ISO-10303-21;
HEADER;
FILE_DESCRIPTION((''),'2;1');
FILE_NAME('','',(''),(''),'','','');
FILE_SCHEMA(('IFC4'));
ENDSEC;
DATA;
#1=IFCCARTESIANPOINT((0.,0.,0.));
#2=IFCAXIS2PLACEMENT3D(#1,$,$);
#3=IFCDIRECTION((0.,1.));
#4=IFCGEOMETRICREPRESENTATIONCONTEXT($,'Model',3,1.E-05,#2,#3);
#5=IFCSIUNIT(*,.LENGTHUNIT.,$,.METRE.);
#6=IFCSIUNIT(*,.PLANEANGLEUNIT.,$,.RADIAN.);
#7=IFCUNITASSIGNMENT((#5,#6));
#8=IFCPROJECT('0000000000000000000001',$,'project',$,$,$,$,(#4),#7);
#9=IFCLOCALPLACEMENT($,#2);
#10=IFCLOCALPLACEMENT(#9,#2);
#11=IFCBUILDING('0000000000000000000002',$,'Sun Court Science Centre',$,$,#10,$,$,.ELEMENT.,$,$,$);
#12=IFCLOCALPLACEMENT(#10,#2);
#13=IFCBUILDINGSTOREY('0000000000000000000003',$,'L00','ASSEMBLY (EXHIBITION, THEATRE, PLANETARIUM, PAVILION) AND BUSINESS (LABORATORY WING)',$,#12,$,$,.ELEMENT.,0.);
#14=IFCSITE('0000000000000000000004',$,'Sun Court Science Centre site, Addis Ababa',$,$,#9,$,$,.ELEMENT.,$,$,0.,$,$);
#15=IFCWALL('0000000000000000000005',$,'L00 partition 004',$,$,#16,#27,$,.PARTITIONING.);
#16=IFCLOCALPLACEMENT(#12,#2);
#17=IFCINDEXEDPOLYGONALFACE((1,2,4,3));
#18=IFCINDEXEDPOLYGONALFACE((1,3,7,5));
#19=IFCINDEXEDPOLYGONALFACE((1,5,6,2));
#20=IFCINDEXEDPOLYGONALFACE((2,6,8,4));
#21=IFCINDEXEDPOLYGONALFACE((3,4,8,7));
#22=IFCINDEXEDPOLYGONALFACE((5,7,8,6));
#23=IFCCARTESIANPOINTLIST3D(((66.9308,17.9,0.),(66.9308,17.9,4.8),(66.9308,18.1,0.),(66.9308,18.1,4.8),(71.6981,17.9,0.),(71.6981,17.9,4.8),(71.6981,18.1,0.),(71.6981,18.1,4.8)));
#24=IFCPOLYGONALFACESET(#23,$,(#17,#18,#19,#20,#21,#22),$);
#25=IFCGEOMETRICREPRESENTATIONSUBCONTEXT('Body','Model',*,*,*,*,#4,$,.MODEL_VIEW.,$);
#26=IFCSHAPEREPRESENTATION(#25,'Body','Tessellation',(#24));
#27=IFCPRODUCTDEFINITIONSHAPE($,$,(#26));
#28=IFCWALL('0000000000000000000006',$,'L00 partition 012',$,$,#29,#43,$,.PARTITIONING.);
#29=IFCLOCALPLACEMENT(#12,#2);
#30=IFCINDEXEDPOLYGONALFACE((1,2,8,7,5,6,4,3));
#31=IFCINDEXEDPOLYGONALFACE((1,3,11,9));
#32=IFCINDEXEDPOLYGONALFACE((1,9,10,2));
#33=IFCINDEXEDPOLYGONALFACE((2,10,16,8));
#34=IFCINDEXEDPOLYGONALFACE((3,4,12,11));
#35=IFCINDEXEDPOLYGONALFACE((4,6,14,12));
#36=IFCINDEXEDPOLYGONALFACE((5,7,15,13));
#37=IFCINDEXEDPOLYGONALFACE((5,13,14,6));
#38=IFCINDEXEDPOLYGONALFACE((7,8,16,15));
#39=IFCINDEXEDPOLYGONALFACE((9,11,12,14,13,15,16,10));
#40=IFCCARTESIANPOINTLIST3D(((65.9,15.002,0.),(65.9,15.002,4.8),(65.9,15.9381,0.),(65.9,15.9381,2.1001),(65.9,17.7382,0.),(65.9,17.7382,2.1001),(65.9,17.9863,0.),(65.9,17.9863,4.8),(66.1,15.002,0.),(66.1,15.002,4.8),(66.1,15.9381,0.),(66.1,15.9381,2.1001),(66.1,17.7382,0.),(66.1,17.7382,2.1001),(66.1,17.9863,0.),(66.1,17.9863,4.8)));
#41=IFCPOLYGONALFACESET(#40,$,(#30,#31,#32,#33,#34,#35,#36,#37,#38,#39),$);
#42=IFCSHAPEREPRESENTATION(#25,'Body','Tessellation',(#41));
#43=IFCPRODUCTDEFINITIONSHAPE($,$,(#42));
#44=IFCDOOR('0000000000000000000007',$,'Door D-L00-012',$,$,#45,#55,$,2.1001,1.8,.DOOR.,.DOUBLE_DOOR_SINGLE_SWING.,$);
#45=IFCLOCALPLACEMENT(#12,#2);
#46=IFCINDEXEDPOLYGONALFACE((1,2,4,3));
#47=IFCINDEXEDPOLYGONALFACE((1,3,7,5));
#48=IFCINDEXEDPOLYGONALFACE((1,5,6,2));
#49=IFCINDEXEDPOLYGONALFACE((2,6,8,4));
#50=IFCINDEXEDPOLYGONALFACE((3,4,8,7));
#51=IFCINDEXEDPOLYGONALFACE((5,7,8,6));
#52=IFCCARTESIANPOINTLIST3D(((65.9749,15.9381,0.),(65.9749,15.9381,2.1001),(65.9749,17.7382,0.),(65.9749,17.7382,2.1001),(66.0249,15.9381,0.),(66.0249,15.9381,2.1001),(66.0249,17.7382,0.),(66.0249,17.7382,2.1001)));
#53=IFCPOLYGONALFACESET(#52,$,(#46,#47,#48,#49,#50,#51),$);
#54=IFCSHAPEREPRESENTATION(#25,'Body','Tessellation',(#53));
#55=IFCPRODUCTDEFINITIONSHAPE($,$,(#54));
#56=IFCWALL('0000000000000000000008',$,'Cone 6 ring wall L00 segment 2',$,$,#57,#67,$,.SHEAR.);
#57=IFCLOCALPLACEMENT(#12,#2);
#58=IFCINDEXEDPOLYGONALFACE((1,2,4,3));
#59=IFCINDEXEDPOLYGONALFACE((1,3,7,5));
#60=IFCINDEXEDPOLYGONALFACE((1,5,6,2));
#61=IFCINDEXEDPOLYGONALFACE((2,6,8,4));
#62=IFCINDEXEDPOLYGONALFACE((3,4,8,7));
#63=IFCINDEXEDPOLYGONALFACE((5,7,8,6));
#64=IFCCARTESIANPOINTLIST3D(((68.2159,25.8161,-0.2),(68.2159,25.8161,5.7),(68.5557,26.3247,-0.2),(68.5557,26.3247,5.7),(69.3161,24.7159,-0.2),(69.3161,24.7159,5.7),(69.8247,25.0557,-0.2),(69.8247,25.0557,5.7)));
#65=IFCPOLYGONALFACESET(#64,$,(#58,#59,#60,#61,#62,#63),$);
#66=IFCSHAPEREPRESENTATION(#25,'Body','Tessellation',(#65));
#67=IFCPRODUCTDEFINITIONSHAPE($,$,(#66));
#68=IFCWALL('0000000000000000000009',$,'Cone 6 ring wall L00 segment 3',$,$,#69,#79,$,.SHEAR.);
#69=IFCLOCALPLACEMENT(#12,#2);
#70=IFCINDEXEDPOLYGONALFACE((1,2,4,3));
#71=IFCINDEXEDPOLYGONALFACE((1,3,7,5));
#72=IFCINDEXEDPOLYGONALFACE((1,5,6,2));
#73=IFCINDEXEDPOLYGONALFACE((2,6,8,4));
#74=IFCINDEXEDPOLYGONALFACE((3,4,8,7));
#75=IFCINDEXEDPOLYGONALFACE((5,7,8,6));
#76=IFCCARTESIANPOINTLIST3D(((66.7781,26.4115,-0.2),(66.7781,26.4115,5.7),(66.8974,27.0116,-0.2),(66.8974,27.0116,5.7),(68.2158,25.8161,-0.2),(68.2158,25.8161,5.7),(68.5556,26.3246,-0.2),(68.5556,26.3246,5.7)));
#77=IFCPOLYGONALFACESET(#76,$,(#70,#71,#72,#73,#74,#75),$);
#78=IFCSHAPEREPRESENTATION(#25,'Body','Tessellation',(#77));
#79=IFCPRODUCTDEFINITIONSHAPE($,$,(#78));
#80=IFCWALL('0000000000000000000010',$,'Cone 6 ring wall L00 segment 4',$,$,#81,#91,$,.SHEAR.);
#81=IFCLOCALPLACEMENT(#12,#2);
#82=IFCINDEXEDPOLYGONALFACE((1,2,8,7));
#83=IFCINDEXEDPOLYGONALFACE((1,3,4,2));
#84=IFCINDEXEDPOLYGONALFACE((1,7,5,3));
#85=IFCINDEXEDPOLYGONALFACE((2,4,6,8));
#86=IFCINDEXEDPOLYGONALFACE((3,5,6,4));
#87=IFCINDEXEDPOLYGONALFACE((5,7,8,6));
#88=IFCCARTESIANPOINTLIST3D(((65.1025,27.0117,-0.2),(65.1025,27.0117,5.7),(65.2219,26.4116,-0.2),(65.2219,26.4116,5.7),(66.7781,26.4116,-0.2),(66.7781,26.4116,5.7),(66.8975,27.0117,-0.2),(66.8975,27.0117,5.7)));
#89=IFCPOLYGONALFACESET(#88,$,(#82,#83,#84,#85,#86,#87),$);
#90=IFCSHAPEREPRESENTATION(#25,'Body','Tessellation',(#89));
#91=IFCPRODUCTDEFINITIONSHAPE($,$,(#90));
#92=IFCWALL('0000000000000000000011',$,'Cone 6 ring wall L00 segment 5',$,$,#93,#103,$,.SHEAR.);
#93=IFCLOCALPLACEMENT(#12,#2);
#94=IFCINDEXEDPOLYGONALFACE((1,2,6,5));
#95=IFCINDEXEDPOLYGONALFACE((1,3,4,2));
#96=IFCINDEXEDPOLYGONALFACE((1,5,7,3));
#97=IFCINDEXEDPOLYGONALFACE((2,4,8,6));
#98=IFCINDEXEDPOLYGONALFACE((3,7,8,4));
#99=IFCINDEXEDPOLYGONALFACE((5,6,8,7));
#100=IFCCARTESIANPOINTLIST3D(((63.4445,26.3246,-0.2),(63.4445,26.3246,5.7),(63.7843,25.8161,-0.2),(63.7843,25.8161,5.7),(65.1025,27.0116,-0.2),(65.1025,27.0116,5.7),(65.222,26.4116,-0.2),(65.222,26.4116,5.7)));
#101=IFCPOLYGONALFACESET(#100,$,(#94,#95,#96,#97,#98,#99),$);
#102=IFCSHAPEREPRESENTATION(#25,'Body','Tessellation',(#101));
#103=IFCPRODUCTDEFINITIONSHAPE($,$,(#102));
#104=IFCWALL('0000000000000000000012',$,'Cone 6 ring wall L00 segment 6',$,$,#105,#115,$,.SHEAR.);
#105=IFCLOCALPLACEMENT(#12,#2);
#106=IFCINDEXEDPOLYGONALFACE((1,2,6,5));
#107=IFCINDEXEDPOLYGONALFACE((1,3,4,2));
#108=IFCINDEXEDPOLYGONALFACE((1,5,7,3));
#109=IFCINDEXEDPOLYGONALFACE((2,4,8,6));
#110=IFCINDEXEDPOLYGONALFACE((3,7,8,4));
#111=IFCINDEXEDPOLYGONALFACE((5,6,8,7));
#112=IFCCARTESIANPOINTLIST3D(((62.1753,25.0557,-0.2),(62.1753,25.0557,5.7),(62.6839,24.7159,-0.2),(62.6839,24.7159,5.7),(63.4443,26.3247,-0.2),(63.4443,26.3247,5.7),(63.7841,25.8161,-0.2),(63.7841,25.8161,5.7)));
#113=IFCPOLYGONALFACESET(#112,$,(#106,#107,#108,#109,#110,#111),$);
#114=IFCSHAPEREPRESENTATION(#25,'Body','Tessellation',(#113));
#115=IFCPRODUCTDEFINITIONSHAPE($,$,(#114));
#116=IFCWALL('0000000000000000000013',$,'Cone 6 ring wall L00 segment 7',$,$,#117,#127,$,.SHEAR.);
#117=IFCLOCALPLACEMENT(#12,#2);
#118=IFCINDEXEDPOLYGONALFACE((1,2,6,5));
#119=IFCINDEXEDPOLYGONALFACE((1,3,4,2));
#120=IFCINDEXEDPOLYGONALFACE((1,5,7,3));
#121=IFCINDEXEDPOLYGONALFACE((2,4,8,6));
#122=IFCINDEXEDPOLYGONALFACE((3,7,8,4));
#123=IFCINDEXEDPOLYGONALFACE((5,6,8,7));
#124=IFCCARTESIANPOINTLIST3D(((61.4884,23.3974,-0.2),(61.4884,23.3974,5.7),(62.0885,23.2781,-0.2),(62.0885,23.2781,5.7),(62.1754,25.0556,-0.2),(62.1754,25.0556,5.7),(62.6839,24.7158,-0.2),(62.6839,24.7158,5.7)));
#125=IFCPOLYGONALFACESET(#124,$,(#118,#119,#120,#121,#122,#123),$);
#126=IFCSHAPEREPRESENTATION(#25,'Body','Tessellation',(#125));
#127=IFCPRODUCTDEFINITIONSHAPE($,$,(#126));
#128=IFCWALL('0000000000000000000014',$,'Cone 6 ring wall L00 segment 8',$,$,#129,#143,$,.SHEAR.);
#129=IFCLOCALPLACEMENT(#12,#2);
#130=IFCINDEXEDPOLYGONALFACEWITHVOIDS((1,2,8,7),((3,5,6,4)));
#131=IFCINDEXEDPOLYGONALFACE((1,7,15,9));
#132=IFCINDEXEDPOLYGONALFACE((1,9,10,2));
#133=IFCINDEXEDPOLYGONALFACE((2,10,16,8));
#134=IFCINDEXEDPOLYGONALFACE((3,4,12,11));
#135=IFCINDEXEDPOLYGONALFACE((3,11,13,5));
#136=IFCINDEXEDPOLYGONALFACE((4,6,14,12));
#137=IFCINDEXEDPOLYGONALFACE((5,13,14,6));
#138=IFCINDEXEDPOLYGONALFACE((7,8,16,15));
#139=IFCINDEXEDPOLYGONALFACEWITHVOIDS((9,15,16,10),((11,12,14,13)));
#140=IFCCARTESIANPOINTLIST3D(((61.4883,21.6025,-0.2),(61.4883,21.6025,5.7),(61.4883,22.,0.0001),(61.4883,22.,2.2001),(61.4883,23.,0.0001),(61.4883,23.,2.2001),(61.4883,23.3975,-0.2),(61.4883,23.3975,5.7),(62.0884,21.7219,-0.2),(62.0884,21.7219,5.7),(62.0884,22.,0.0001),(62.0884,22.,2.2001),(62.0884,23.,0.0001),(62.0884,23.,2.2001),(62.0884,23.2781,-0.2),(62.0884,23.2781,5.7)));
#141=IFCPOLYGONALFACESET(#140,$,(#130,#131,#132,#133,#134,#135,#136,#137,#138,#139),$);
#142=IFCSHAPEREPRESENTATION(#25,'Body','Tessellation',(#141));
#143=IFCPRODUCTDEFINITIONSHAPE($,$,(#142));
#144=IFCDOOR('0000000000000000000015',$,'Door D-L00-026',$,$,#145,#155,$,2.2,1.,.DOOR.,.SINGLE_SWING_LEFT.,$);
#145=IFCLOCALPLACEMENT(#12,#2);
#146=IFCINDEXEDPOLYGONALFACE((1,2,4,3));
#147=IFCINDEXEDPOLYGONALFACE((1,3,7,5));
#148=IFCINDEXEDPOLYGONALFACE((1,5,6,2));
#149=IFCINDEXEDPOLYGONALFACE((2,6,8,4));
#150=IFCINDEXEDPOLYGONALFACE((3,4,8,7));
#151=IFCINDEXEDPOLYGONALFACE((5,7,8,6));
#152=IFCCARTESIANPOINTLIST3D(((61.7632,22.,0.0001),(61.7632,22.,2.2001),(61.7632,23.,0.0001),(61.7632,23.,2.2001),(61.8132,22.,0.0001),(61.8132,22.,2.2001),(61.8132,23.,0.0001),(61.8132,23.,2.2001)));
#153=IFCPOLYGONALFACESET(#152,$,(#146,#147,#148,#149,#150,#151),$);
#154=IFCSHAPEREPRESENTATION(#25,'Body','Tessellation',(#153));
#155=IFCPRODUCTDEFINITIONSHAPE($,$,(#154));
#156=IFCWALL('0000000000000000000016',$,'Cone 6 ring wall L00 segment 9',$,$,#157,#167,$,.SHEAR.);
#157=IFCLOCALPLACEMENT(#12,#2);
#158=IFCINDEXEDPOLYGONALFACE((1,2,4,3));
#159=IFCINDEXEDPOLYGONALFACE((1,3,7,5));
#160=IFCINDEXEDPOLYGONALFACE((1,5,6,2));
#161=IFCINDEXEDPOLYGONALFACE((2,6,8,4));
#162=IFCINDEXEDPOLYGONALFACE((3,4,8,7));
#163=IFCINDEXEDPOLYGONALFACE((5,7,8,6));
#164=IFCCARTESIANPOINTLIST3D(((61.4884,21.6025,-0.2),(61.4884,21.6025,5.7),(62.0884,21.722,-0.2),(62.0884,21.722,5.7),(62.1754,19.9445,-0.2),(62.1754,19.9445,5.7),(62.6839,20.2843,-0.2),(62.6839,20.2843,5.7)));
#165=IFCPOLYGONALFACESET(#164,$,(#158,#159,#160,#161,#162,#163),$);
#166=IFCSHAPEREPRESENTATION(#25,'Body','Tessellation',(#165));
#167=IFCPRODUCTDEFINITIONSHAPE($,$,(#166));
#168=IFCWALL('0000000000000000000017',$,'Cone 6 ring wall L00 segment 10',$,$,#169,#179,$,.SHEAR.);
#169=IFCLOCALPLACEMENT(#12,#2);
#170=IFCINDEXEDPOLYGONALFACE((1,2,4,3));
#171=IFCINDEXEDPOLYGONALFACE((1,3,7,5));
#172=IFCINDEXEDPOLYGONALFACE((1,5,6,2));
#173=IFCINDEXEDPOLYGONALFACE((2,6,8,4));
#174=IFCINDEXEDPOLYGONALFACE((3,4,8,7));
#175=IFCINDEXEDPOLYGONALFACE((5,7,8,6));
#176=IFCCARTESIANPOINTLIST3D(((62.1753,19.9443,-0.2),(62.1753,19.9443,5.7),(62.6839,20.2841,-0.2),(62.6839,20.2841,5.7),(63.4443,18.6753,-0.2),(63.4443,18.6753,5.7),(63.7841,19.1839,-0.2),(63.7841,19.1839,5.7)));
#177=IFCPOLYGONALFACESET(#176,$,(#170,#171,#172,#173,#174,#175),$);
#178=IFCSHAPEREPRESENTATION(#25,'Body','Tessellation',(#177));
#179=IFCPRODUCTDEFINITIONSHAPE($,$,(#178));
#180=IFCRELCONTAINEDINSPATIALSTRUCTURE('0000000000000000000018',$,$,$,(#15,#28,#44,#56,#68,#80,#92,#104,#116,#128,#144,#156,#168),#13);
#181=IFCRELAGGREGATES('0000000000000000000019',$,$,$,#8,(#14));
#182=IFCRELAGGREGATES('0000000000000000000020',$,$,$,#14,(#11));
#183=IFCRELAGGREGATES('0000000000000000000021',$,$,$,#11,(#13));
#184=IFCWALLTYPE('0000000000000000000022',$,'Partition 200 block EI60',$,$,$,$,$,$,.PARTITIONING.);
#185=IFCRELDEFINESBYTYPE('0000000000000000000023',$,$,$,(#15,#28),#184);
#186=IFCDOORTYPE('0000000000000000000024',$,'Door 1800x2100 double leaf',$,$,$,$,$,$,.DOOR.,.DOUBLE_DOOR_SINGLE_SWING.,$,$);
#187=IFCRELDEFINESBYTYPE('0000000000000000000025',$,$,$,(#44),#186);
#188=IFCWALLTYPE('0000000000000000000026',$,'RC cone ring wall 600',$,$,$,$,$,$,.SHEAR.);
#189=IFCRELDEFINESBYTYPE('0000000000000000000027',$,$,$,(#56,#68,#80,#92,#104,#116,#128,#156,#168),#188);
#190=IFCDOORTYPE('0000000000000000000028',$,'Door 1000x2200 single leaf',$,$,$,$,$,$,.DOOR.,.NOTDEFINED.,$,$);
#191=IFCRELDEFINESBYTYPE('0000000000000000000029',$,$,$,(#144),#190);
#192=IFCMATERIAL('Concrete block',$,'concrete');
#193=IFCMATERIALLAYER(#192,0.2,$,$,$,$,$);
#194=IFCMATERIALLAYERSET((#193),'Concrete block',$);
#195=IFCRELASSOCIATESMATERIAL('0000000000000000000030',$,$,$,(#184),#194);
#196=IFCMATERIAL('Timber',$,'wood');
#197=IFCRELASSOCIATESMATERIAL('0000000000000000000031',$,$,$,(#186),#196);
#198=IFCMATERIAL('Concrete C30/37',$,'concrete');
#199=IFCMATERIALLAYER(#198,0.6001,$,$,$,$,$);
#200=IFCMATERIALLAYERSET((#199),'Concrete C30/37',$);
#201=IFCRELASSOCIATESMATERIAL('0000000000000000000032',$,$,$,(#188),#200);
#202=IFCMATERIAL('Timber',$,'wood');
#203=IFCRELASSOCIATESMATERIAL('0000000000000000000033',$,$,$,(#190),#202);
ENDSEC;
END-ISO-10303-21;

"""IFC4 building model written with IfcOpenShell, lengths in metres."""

from ifc_helpers import new_model, si_unit, direction, frame, frame_2d, origin, place, context, subcontext, project, spatial, polyline, rectangle, outline, extrude, material, layer, layer_set, type_object, element, fill, save


model = new_model("IFC4")

# Units and contexts
model_context = context("Model", 3, precision=1e-05, world=origin(), true_north=direction((0.0, 1.0)))
body_context = subcontext(model_context, "Body", "Model", "MODEL_VIEW")
ifc_project = project(units=[si_unit("LENGTHUNIT", "METRE"), si_unit("PLANEANGLEUNIT", "RADIAN")], contexts=[model_context])

# Site, building, storey
site_placement = place(None, origin())
site = spatial("IfcSite", under=ifc_project, at=site_placement, Name="Sun Court Science Centre site, Addis Ababa", CompositionType="ELEMENT", RefElevation=0.0)
building_placement = place(site_placement, origin())
building = spatial("IfcBuilding", under=site, at=building_placement, Name="Sun Court Science Centre", CompositionType="ELEMENT")
storey_placement = place(building_placement, origin())
storey = spatial("IfcBuildingStorey", under=building, at=storey_placement, Name="L00", Description="ASSEMBLY (EXHIBITION, THEATRE, PLANETARIUM, PAVILION) AND BUSINESS (LABORATORY WING)", CompositionType="ELEMENT", Elevation=0.0)

# Wall
ifc_material_1 = material(Name="Concrete block", Category="concrete")
ifc_layer_1 = layer(ifc_material_1, 0.2)
ifc_layer_set_1 = layer_set([ifc_layer_1], Name="Concrete block")
wall_type_1 = type_object("IfcWallType", Name="Partition 200 block EI60", PredefinedType="PARTITIONING", material=ifc_layer_set_1)
wall_1_placement = place(storey_placement, frame((66.9307, 18.0, 0.0), z_axis=(0.0, 0.0, 1.0), x_axis=(1.0, 0.0, 0.0)))
element("IfcWall", 1, at=wall_1_placement, inside=storey, type_object=wall_type_1, Name="L00 partition 004", PredefinedType="PARTITIONING", context=body_context, shape_type="SweptSolid", body=[
    extrude(rectangle(XDim=4.7673, YDim=0.2, at=frame_2d((2.3838, 0.0))), origin(), (0.0, 0.0, 1.0), 4.8),
])

# Wall, opening, door
wall_2_placement = place(storey_placement, frame((66.0, 17.9863, 0.0), z_axis=(0.0, 0.0, 1.0), x_axis=(0.0, -1.0, 0.0)))
wall_2 = element("IfcWall", 2, at=wall_2_placement, inside=storey, type_object=wall_type_1, Name="L00 partition 012", PredefinedType="PARTITIONING", context=body_context, shape_type="SweptSolid", body=[
    extrude(rectangle(XDim=2.9844, YDim=0.2, at=frame_2d((1.4922, 0.0))), origin(), (0.0, 0.0, 1.0), 4.8),
])
opening_1_placement = place(wall_2_placement, frame((0.2483, 0.0, 0.0)))
opening_1 = element("IfcOpeningElement", 3, at=opening_1_placement, cuts=wall_2, PredefinedType="OPENING", context=body_context, shape_type="SweptSolid", body=[
    extrude(rectangle(XDim=1.8, YDim=2.1001, at=frame_2d((0.8999, 1.05))), frame((0.0, 0.1099, 0.0), z_axis=(0.0, -1.0, 0.0), x_axis=(1.0, 0.0, 0.0)), (0.0, 0.0, 1.0), 0.22),
])
ifc_material_2 = material(Name="Timber", Category="wood")
door_type_1 = type_object("IfcDoorType", Name="Door 1800x2100 double leaf", OperationType="DOUBLE_DOOR_SINGLE_SWING", PredefinedType="DOOR", material=ifc_material_2)
door_1_placement = place(opening_1_placement, origin())
door_1 = element("IfcDoor", 4, at=door_1_placement, inside=storey, type_object=door_type_1, Name="Door D-L00-012", OperationType="DOUBLE_DOOR_SINGLE_SWING", OverallHeight=2.1001, OverallWidth=1.8, PredefinedType="DOOR", context=body_context, shape_type="SweptSolid", body=[
    extrude(rectangle(XDim=1.8, YDim=2.1001, at=frame_2d((0.8999, 1.05))), frame((0.0, 0.0249, 0.0), z_axis=(0.0, -1.0, 0.0), x_axis=(1.0, 0.0, 0.0)), (0.0, 0.0, 1.0), 0.05),
])
fill(opening_1, door_1)

# Walls
ifc_material_3 = material(Name="Concrete C30/37", Category="concrete")
ifc_layer_2 = layer(ifc_material_3, 0.6001)
ifc_layer_set_2 = layer_set([ifc_layer_2], Name="Concrete C30/37")
wall_type_2 = type_object("IfcWallType", Name="RC cone ring wall 600", PredefinedType="SHEAR", material=ifc_layer_set_2)
wall_3_placement = place(storey_placement, frame((69.6125, 24.8435, -0.2), z_axis=(0.0, 0.0, 1.0), x_axis=(-0.707107, 0.707107, 0.0)))
element("IfcWall", 5, at=wall_3_placement, inside=storey, type_object=wall_type_2, Name="Cone 6 ring wall L00 segment 2", PredefinedType="SHEAR", context=body_context, shape_type="SweptSolid", body=[
    extrude(outline(polyline([(0.0, -0.3), (1.7947, -0.3), (1.6753, 0.2998), (0.1194, 0.2998), (0.0, -0.3)])), origin(), (0.0, 0.0, 1.0), 5.8999),
])
wall_4_placement = place(storey_placement, frame((68.4409, 26.0476, -0.2), z_axis=(0.0, 0.0, 1.0), x_axis=(-0.923896, 0.382644, 0.0)))
element("IfcWall", 6, at=wall_4_placement, inside=storey, type_object=wall_type_2, Name="Cone 6 ring wall L00 segment 3", PredefinedType="SHEAR", context=body_context, shape_type="SweptSolid", body=[
    extrude(outline(polyline([(0.0, -0.2998), (1.7949, -0.3), (1.6755, 0.3), (0.1194, 0.3), (0.0, -0.2998)])), origin(), (0.0, 0.0, 1.0), 5.8999),
])
wall_5_placement = place(storey_placement, frame((66.8975, 26.7117, -0.2), z_axis=(0.0, 0.0, 1.0), x_axis=(-1.0, 0.0, 0.0)))
element("IfcWall", 7, at=wall_5_placement, inside=storey, type_object=wall_type_2, Name="Cone 6 ring wall L00 segment 4", PredefinedType="SHEAR", context=body_context, shape_type="SweptSolid", body=[
    extrude(outline(polyline([(0.0, -0.3), (1.7949, -0.3), (1.6755, 0.3), (0.1194, 0.3), (0.0, -0.3)])), origin(), (0.0, 0.0, 1.0), 5.8999),
])
wall_6_placement = place(storey_placement, frame((65.2173, 26.7344, -0.2), z_axis=(0.0, 0.0, 1.0), x_axis=(-0.923896, -0.382644, 0.0)))
element("IfcWall", 8, at=wall_6_placement, inside=storey, type_object=wall_type_2, Name="Cone 6 ring wall L00 segment 5", PredefinedType="SHEAR", context=body_context, shape_type="SweptSolid", body=[
    extrude(outline(polyline([(0.0, -0.3), (1.7947, -0.2998), (1.6753, 0.3), (0.1191, 0.3), (0.0, -0.3)])), origin(), (0.0, 0.0, 1.0), 5.8999),
])
wall_7_placement = place(storey_placement, frame((63.6565, 26.1125, -0.2), z_axis=(0.0, 0.0, 1.0), x_axis=(-0.707107, -0.707107, 0.0)))
element("IfcWall", 9, at=wall_7_placement, inside=storey, type_object=wall_type_2, Name="Cone 6 ring wall L00 segment 6", PredefinedType="SHEAR", context=body_context, shape_type="SweptSolid", body=[
    extrude(outline(polyline([(0.0, -0.3), (1.7947, -0.3), (1.6753, 0.2998), (0.1194, 0.2998), (0.0, -0.3)])), origin(), (0.0, 0.0, 1.0), 5.8999),
])
wall_8_placement = place(storey_placement, frame((62.4524, 24.9409, -0.2), z_axis=(0.0, 0.0, 1.0), x_axis=(-0.382644, -0.923896, 0.0)))
element("IfcWall", 10, at=wall_8_placement, inside=storey, type_object=wall_type_2, Name="Cone 6 ring wall L00 segment 7", PredefinedType="SHEAR", context=body_context, shape_type="SweptSolid", body=[
    extrude(outline(polyline([(0.0, -0.2998), (1.7949, -0.3), (1.6755, 0.3), (0.1194, 0.3), (0.0, -0.2998)])), origin(), (0.0, 0.0, 1.0), 5.8999),
])

# Wall, opening, door
wall_9_placement = place(storey_placement, frame((61.7883, 23.3975, -0.2), z_axis=(0.0, 0.0, 1.0), x_axis=(0.0, -1.0, 0.0)))
wall_9 = element("IfcWall", 11, at=wall_9_placement, inside=storey, type_object=wall_type_2, Name="Cone 6 ring wall L00 segment 8", PredefinedType="SHEAR", context=body_context, shape_type="SweptSolid", body=[
    extrude(outline(polyline([(0.0, -0.3), (1.7949, -0.3), (1.6755, 0.3), (0.1194, 0.3), (0.0, -0.3)])), origin(), (0.0, 0.0, 1.0), 5.8999),
])
opening_2_placement = place(wall_9_placement, frame((0.3975, 0.0, 0.2)))
opening_2 = element("IfcOpeningElement", 12, at=opening_2_placement, cuts=wall_9, PredefinedType="OPENING", context=body_context, shape_type="SweptSolid", body=[
    extrude(rectangle(XDim=1.0, YDim=2.2, at=frame_2d((0.5, 1.1001))), frame((0.0, 0.3101, 0.0), z_axis=(0.0, -1.0, 0.0), x_axis=(1.0, 0.0, 0.0)), (0.0, 0.0, 1.0), 0.6201),
])
ifc_material_4 = material(Name="Timber", Category="wood")
door_type_2 = type_object("IfcDoorType", Name="Door 1000x2200 single leaf", OperationType="NOTDEFINED", PredefinedType="DOOR", material=ifc_material_4)
door_2_placement = place(opening_2_placement, origin())
door_2 = element("IfcDoor", 13, at=door_2_placement, inside=storey, type_object=door_type_2, Name="Door D-L00-026", OperationType="SINGLE_SWING_LEFT", OverallHeight=2.2, OverallWidth=1.0, PredefinedType="DOOR", context=body_context, shape_type="SweptSolid", body=[
    extrude(rectangle(XDim=1.0, YDim=2.2, at=frame_2d((0.5, 1.1001))), frame((0.0, 0.0249, 0.0), z_axis=(0.0, -1.0, 0.0), x_axis=(1.0, 0.0, 0.0)), (0.0, 0.0, 1.0), 0.05),
])
fill(opening_2, door_2)

# Walls
wall_10_placement = place(storey_placement, frame((61.7656, 21.7173, -0.2), z_axis=(0.0, 0.0, 1.0), x_axis=(0.382644, -0.923896, 0.0)))
element("IfcWall", 14, at=wall_10_placement, inside=storey, type_object=wall_type_2, Name="Cone 6 ring wall L00 segment 9", PredefinedType="SHEAR", context=body_context, shape_type="SweptSolid", body=[
    extrude(outline(polyline([(0.0, -0.3), (1.7947, -0.2998), (1.6753, 0.3), (0.1191, 0.3), (0.0, -0.3)])), origin(), (0.0, 0.0, 1.0), 5.8999),
])
wall_11_placement = place(storey_placement, frame((62.3875, 20.1565, -0.2), z_axis=(0.0, 0.0, 1.0), x_axis=(0.707107, -0.707107, 0.0)))
element("IfcWall", 15, at=wall_11_placement, inside=storey, type_object=wall_type_2, Name="Cone 6 ring wall L00 segment 10", PredefinedType="SHEAR", context=body_context, shape_type="SweptSolid", body=[
    extrude(outline(polyline([(0.0, -0.3), (1.7947, -0.3), (1.6753, 0.2998), (0.1194, 0.2998), (0.0, -0.3)])), origin(), (0.0, 0.0, 1.0), 5.8999),
])

save(model, "model.ifc")
